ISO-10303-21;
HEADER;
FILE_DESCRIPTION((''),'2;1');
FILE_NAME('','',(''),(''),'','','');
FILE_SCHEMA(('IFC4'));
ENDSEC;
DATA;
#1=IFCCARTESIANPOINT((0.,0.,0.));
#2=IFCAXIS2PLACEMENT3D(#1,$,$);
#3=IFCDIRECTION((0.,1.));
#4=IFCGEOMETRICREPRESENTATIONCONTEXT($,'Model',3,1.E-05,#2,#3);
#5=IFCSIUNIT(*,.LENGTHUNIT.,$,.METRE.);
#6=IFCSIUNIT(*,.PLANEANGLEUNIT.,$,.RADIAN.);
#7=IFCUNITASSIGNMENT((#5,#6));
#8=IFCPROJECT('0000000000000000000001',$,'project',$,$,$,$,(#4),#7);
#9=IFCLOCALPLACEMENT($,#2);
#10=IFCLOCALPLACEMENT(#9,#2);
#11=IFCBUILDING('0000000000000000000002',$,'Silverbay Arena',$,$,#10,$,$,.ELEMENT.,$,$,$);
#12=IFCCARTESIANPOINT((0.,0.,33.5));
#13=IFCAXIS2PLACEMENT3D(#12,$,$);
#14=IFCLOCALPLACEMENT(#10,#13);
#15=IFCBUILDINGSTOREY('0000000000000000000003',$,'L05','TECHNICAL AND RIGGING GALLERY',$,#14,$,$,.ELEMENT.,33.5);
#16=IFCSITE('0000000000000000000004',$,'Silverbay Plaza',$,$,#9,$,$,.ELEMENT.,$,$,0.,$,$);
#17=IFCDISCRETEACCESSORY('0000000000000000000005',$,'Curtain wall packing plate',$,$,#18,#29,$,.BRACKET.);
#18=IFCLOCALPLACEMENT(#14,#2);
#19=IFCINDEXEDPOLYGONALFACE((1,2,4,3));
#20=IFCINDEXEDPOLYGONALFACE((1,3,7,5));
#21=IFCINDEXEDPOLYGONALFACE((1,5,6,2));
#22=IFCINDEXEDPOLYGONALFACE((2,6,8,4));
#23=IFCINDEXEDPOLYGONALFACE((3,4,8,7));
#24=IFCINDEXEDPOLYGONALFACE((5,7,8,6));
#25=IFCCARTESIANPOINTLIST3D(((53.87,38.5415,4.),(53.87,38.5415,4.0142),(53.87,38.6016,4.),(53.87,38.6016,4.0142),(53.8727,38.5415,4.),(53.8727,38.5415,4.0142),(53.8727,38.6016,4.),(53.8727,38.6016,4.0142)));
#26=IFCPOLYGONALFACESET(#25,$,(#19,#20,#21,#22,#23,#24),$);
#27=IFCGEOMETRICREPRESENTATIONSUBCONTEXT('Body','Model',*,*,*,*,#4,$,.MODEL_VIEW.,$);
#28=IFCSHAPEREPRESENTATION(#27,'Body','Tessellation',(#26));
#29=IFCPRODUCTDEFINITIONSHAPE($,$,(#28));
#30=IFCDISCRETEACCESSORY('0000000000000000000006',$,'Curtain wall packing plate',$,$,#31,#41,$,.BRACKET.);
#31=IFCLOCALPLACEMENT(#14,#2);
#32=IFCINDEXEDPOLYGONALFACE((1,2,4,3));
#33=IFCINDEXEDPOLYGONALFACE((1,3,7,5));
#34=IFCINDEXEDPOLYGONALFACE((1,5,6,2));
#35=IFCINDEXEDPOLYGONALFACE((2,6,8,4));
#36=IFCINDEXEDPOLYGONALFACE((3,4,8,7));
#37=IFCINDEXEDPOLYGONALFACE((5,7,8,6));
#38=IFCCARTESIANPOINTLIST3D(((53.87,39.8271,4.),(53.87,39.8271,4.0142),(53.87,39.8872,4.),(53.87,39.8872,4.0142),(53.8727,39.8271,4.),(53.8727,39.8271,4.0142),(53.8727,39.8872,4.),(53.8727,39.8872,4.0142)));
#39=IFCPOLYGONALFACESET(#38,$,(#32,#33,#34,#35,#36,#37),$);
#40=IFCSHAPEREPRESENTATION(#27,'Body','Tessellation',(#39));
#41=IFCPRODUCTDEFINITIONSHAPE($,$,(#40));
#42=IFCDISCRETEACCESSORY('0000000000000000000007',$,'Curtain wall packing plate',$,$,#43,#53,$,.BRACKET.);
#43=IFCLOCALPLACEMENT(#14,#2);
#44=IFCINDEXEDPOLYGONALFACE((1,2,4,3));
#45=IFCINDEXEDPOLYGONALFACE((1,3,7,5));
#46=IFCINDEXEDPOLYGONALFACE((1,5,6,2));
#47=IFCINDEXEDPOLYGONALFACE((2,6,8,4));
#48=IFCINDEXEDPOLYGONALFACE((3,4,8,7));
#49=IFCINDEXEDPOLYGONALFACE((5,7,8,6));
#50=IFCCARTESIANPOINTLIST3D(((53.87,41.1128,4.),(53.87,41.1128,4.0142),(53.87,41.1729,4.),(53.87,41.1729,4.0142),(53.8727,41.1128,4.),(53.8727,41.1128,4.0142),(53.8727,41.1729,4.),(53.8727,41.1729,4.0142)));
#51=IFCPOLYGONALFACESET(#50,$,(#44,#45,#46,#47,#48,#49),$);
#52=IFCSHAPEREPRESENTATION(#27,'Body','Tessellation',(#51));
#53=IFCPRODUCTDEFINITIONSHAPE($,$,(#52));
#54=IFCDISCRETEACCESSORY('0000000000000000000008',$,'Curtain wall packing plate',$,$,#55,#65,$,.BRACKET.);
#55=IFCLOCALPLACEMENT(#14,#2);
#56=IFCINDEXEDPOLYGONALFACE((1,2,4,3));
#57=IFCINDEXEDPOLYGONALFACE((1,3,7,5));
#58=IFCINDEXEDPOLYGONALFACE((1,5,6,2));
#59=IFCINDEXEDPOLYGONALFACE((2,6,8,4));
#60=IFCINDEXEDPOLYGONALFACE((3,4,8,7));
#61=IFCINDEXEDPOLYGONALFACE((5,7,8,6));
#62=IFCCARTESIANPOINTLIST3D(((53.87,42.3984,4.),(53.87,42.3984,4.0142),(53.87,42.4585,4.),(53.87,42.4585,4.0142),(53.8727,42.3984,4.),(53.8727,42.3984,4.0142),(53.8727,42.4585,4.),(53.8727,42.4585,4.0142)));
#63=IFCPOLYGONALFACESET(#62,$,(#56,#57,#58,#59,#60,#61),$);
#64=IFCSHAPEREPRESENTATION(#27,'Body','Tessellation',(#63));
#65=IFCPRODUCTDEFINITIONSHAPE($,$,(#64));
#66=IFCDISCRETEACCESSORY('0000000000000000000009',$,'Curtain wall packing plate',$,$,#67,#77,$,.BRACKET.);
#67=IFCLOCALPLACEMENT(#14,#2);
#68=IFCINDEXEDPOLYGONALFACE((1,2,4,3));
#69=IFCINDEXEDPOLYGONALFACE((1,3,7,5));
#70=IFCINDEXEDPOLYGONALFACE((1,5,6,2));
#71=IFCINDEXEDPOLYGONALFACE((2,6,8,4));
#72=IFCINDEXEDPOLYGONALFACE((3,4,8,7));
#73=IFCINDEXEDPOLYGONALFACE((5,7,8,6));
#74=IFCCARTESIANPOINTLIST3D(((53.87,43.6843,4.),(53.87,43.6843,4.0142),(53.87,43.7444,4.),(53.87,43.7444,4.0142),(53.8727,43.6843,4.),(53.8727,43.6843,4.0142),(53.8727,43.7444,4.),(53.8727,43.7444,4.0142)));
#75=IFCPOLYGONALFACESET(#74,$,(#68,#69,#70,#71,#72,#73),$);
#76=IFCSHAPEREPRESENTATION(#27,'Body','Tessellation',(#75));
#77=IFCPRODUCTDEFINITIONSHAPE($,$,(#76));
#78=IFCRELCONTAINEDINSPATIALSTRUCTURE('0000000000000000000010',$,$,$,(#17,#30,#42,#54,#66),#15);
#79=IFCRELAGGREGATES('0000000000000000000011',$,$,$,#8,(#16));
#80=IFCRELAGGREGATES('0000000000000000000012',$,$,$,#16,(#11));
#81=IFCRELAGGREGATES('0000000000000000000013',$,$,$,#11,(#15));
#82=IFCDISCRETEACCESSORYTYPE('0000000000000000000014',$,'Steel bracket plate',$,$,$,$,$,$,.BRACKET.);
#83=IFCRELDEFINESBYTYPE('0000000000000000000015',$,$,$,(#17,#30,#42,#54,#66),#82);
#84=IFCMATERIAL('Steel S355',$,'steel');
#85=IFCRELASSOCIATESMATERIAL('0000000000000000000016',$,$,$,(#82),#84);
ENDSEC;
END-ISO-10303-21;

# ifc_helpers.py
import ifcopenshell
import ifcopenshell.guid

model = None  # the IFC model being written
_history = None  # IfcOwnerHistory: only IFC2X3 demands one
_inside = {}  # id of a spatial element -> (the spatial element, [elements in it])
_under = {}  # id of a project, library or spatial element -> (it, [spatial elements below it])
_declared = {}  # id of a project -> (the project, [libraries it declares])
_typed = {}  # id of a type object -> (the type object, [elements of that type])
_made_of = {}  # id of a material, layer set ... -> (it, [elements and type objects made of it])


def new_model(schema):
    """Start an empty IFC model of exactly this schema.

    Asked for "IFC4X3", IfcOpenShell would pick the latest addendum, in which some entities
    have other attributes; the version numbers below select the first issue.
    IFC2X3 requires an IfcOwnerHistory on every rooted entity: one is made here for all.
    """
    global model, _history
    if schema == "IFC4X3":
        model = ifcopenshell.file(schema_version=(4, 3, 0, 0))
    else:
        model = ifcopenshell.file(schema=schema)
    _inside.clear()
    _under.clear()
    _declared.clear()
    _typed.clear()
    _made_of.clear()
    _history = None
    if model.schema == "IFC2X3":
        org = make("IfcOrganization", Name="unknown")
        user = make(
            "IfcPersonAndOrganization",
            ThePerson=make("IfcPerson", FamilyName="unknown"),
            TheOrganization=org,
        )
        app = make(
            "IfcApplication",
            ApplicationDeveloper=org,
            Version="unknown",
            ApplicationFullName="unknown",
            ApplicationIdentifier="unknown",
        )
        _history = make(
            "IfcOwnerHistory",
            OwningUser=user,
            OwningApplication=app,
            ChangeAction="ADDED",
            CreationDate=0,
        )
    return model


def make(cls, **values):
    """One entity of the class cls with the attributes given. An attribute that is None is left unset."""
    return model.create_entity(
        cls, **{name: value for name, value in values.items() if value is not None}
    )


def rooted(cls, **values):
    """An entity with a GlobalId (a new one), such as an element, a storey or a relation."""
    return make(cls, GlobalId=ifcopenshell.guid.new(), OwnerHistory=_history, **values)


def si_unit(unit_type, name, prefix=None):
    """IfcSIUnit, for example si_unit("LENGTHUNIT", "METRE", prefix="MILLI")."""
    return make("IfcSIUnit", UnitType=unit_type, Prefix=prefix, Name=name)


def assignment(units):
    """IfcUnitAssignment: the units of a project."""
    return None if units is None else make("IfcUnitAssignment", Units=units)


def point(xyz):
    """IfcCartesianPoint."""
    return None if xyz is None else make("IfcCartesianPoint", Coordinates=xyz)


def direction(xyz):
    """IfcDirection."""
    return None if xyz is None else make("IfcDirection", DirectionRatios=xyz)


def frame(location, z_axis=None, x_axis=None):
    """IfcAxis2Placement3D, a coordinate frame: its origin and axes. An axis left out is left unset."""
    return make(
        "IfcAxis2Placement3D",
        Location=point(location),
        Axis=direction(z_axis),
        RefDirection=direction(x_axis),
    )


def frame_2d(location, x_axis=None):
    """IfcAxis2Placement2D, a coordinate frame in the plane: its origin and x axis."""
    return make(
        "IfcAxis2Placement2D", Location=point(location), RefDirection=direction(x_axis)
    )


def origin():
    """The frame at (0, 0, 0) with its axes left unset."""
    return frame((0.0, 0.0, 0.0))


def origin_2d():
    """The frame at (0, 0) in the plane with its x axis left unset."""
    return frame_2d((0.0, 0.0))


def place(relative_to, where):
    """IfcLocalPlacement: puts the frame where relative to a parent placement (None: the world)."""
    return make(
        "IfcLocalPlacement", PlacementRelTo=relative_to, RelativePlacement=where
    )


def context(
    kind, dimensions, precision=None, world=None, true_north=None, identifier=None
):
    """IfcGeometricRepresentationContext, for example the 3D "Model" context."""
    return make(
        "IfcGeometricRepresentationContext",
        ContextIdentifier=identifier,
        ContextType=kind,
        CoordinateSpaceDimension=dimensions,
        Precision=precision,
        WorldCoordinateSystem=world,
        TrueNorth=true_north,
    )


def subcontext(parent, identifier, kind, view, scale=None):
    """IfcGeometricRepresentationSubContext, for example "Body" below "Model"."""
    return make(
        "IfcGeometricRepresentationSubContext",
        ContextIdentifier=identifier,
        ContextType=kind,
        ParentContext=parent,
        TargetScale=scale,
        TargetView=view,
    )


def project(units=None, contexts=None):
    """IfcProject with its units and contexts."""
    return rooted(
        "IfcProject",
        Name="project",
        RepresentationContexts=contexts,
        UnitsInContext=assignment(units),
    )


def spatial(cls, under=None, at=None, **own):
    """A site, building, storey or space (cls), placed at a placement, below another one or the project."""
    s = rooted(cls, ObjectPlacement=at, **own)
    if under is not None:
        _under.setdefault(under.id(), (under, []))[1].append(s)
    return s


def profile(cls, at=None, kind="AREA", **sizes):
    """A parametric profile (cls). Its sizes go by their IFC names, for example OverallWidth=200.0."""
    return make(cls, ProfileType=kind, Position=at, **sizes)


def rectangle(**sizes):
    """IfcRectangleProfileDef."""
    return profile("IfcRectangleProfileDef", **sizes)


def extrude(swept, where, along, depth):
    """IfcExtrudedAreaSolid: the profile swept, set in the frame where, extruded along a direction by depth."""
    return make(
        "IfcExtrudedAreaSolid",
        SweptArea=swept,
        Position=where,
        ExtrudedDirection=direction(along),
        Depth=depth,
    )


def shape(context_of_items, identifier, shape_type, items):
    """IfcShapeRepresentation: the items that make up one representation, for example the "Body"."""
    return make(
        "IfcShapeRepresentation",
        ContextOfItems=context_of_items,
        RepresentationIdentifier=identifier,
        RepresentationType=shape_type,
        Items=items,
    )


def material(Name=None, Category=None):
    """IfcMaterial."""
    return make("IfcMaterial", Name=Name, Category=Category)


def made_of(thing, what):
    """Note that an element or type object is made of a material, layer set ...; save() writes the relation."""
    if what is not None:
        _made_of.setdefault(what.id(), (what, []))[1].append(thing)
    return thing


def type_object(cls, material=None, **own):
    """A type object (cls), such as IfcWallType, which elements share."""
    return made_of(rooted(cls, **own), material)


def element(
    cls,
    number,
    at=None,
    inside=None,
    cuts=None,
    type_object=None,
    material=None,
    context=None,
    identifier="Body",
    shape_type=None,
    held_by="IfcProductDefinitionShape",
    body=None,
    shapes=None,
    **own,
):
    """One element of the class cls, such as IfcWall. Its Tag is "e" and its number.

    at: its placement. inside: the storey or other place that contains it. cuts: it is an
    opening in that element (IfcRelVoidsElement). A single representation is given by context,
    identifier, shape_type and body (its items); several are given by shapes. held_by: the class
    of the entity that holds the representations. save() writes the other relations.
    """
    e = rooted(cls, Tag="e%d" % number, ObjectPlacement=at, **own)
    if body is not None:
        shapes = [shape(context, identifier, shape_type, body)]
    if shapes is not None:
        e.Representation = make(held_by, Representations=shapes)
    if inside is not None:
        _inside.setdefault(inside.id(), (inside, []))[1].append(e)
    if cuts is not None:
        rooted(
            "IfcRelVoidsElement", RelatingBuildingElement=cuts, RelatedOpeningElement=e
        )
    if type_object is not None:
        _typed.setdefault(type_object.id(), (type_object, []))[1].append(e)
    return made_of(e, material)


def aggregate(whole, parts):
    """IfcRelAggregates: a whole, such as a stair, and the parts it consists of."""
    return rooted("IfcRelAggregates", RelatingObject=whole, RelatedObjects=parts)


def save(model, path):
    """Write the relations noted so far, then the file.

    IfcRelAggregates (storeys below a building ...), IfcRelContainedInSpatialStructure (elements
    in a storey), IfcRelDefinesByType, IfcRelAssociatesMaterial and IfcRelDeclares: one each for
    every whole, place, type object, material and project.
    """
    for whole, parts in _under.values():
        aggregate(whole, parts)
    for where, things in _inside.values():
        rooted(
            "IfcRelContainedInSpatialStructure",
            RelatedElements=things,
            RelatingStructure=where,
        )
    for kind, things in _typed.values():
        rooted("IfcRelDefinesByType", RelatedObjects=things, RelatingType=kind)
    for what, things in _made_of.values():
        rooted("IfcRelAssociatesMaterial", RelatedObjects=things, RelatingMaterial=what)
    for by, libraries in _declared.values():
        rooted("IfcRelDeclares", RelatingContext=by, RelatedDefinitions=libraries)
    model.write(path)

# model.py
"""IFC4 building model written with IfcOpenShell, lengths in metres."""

from ifc_helpers import new_model, si_unit, direction, frame, origin, origin_2d, place, context, subcontext, project, spatial, rectangle, extrude, material, type_object, element, save


model = new_model("IFC4")

# Units and contexts
model_context = context("Model", 3, precision=1e-05, world=origin(), true_north=direction((0.0, 1.0)))
body_context = subcontext(model_context, "Body", "Model", "MODEL_VIEW")
ifc_project = project(units=[si_unit("LENGTHUNIT", "METRE"), si_unit("PLANEANGLEUNIT", "RADIAN")], contexts=[model_context])

# Site, building, storey
site_placement = place(None, origin())
site = spatial("IfcSite", under=ifc_project, at=site_placement, Name="Silverbay Plaza", CompositionType="ELEMENT", RefElevation=0.0)
building_placement = place(site_placement, origin())
building = spatial("IfcBuilding", under=site, at=building_placement, Name="Silverbay Arena", CompositionType="ELEMENT")
storey_placement = place(building_placement, frame((0.0, 0.0, 33.5)))
storey = spatial("IfcBuildingStorey", under=building, at=storey_placement, Name="L05", Description="TECHNICAL AND RIGGING GALLERY", CompositionType="ELEMENT", Elevation=33.5)

# Discrete accessories
ifc_material_1 = material(Name="Steel S355", Category="steel")
discrete_accessory_type = type_object("IfcDiscreteAccessoryType", Name="Steel bracket plate", PredefinedType="BRACKET", material=ifc_material_1)
for number, where, z_axis, x_axis, name in (
    (1, (53.8713, 38.5715, 4.0), (0.0, 0.0, 1.0), (1.0, 0.0, 0.0), "Curtain wall packing plate"),
    (2, (53.8713, 39.8572, 4.0), (0.0, 0.0, 1.0), (1.0, 0.0, 0.0), "Curtain wall packing plate"),
    (3, (53.8713, 41.1428, 4.0), (0.0, 0.0, 1.0), (1.0, 0.0, 0.0), "Curtain wall packing plate"),
    (4, (53.8713, 42.4285, 4.0), (0.0, 0.0, 1.0), (1.0, 0.0, 0.0), "Curtain wall packing plate"),
    (5, (53.8713, 43.7144, 4.0), (0.0, 0.0, 1.0), (1.0, 0.0, 0.0), "Curtain wall packing plate"),
):
    element("IfcDiscreteAccessory", number, at=place(storey_placement, frame(where, z_axis=z_axis, x_axis=x_axis)), inside=storey, type_object=discrete_accessory_type, Name=name, PredefinedType="BRACKET", context=body_context, shape_type="SweptSolid", body=[
        extrude(rectangle(XDim=0.0027, YDim=0.0601, at=origin_2d()), origin(), (0.0, 0.0, 1.0), 0.0142),
    ])

save(model, "model.ifc")
